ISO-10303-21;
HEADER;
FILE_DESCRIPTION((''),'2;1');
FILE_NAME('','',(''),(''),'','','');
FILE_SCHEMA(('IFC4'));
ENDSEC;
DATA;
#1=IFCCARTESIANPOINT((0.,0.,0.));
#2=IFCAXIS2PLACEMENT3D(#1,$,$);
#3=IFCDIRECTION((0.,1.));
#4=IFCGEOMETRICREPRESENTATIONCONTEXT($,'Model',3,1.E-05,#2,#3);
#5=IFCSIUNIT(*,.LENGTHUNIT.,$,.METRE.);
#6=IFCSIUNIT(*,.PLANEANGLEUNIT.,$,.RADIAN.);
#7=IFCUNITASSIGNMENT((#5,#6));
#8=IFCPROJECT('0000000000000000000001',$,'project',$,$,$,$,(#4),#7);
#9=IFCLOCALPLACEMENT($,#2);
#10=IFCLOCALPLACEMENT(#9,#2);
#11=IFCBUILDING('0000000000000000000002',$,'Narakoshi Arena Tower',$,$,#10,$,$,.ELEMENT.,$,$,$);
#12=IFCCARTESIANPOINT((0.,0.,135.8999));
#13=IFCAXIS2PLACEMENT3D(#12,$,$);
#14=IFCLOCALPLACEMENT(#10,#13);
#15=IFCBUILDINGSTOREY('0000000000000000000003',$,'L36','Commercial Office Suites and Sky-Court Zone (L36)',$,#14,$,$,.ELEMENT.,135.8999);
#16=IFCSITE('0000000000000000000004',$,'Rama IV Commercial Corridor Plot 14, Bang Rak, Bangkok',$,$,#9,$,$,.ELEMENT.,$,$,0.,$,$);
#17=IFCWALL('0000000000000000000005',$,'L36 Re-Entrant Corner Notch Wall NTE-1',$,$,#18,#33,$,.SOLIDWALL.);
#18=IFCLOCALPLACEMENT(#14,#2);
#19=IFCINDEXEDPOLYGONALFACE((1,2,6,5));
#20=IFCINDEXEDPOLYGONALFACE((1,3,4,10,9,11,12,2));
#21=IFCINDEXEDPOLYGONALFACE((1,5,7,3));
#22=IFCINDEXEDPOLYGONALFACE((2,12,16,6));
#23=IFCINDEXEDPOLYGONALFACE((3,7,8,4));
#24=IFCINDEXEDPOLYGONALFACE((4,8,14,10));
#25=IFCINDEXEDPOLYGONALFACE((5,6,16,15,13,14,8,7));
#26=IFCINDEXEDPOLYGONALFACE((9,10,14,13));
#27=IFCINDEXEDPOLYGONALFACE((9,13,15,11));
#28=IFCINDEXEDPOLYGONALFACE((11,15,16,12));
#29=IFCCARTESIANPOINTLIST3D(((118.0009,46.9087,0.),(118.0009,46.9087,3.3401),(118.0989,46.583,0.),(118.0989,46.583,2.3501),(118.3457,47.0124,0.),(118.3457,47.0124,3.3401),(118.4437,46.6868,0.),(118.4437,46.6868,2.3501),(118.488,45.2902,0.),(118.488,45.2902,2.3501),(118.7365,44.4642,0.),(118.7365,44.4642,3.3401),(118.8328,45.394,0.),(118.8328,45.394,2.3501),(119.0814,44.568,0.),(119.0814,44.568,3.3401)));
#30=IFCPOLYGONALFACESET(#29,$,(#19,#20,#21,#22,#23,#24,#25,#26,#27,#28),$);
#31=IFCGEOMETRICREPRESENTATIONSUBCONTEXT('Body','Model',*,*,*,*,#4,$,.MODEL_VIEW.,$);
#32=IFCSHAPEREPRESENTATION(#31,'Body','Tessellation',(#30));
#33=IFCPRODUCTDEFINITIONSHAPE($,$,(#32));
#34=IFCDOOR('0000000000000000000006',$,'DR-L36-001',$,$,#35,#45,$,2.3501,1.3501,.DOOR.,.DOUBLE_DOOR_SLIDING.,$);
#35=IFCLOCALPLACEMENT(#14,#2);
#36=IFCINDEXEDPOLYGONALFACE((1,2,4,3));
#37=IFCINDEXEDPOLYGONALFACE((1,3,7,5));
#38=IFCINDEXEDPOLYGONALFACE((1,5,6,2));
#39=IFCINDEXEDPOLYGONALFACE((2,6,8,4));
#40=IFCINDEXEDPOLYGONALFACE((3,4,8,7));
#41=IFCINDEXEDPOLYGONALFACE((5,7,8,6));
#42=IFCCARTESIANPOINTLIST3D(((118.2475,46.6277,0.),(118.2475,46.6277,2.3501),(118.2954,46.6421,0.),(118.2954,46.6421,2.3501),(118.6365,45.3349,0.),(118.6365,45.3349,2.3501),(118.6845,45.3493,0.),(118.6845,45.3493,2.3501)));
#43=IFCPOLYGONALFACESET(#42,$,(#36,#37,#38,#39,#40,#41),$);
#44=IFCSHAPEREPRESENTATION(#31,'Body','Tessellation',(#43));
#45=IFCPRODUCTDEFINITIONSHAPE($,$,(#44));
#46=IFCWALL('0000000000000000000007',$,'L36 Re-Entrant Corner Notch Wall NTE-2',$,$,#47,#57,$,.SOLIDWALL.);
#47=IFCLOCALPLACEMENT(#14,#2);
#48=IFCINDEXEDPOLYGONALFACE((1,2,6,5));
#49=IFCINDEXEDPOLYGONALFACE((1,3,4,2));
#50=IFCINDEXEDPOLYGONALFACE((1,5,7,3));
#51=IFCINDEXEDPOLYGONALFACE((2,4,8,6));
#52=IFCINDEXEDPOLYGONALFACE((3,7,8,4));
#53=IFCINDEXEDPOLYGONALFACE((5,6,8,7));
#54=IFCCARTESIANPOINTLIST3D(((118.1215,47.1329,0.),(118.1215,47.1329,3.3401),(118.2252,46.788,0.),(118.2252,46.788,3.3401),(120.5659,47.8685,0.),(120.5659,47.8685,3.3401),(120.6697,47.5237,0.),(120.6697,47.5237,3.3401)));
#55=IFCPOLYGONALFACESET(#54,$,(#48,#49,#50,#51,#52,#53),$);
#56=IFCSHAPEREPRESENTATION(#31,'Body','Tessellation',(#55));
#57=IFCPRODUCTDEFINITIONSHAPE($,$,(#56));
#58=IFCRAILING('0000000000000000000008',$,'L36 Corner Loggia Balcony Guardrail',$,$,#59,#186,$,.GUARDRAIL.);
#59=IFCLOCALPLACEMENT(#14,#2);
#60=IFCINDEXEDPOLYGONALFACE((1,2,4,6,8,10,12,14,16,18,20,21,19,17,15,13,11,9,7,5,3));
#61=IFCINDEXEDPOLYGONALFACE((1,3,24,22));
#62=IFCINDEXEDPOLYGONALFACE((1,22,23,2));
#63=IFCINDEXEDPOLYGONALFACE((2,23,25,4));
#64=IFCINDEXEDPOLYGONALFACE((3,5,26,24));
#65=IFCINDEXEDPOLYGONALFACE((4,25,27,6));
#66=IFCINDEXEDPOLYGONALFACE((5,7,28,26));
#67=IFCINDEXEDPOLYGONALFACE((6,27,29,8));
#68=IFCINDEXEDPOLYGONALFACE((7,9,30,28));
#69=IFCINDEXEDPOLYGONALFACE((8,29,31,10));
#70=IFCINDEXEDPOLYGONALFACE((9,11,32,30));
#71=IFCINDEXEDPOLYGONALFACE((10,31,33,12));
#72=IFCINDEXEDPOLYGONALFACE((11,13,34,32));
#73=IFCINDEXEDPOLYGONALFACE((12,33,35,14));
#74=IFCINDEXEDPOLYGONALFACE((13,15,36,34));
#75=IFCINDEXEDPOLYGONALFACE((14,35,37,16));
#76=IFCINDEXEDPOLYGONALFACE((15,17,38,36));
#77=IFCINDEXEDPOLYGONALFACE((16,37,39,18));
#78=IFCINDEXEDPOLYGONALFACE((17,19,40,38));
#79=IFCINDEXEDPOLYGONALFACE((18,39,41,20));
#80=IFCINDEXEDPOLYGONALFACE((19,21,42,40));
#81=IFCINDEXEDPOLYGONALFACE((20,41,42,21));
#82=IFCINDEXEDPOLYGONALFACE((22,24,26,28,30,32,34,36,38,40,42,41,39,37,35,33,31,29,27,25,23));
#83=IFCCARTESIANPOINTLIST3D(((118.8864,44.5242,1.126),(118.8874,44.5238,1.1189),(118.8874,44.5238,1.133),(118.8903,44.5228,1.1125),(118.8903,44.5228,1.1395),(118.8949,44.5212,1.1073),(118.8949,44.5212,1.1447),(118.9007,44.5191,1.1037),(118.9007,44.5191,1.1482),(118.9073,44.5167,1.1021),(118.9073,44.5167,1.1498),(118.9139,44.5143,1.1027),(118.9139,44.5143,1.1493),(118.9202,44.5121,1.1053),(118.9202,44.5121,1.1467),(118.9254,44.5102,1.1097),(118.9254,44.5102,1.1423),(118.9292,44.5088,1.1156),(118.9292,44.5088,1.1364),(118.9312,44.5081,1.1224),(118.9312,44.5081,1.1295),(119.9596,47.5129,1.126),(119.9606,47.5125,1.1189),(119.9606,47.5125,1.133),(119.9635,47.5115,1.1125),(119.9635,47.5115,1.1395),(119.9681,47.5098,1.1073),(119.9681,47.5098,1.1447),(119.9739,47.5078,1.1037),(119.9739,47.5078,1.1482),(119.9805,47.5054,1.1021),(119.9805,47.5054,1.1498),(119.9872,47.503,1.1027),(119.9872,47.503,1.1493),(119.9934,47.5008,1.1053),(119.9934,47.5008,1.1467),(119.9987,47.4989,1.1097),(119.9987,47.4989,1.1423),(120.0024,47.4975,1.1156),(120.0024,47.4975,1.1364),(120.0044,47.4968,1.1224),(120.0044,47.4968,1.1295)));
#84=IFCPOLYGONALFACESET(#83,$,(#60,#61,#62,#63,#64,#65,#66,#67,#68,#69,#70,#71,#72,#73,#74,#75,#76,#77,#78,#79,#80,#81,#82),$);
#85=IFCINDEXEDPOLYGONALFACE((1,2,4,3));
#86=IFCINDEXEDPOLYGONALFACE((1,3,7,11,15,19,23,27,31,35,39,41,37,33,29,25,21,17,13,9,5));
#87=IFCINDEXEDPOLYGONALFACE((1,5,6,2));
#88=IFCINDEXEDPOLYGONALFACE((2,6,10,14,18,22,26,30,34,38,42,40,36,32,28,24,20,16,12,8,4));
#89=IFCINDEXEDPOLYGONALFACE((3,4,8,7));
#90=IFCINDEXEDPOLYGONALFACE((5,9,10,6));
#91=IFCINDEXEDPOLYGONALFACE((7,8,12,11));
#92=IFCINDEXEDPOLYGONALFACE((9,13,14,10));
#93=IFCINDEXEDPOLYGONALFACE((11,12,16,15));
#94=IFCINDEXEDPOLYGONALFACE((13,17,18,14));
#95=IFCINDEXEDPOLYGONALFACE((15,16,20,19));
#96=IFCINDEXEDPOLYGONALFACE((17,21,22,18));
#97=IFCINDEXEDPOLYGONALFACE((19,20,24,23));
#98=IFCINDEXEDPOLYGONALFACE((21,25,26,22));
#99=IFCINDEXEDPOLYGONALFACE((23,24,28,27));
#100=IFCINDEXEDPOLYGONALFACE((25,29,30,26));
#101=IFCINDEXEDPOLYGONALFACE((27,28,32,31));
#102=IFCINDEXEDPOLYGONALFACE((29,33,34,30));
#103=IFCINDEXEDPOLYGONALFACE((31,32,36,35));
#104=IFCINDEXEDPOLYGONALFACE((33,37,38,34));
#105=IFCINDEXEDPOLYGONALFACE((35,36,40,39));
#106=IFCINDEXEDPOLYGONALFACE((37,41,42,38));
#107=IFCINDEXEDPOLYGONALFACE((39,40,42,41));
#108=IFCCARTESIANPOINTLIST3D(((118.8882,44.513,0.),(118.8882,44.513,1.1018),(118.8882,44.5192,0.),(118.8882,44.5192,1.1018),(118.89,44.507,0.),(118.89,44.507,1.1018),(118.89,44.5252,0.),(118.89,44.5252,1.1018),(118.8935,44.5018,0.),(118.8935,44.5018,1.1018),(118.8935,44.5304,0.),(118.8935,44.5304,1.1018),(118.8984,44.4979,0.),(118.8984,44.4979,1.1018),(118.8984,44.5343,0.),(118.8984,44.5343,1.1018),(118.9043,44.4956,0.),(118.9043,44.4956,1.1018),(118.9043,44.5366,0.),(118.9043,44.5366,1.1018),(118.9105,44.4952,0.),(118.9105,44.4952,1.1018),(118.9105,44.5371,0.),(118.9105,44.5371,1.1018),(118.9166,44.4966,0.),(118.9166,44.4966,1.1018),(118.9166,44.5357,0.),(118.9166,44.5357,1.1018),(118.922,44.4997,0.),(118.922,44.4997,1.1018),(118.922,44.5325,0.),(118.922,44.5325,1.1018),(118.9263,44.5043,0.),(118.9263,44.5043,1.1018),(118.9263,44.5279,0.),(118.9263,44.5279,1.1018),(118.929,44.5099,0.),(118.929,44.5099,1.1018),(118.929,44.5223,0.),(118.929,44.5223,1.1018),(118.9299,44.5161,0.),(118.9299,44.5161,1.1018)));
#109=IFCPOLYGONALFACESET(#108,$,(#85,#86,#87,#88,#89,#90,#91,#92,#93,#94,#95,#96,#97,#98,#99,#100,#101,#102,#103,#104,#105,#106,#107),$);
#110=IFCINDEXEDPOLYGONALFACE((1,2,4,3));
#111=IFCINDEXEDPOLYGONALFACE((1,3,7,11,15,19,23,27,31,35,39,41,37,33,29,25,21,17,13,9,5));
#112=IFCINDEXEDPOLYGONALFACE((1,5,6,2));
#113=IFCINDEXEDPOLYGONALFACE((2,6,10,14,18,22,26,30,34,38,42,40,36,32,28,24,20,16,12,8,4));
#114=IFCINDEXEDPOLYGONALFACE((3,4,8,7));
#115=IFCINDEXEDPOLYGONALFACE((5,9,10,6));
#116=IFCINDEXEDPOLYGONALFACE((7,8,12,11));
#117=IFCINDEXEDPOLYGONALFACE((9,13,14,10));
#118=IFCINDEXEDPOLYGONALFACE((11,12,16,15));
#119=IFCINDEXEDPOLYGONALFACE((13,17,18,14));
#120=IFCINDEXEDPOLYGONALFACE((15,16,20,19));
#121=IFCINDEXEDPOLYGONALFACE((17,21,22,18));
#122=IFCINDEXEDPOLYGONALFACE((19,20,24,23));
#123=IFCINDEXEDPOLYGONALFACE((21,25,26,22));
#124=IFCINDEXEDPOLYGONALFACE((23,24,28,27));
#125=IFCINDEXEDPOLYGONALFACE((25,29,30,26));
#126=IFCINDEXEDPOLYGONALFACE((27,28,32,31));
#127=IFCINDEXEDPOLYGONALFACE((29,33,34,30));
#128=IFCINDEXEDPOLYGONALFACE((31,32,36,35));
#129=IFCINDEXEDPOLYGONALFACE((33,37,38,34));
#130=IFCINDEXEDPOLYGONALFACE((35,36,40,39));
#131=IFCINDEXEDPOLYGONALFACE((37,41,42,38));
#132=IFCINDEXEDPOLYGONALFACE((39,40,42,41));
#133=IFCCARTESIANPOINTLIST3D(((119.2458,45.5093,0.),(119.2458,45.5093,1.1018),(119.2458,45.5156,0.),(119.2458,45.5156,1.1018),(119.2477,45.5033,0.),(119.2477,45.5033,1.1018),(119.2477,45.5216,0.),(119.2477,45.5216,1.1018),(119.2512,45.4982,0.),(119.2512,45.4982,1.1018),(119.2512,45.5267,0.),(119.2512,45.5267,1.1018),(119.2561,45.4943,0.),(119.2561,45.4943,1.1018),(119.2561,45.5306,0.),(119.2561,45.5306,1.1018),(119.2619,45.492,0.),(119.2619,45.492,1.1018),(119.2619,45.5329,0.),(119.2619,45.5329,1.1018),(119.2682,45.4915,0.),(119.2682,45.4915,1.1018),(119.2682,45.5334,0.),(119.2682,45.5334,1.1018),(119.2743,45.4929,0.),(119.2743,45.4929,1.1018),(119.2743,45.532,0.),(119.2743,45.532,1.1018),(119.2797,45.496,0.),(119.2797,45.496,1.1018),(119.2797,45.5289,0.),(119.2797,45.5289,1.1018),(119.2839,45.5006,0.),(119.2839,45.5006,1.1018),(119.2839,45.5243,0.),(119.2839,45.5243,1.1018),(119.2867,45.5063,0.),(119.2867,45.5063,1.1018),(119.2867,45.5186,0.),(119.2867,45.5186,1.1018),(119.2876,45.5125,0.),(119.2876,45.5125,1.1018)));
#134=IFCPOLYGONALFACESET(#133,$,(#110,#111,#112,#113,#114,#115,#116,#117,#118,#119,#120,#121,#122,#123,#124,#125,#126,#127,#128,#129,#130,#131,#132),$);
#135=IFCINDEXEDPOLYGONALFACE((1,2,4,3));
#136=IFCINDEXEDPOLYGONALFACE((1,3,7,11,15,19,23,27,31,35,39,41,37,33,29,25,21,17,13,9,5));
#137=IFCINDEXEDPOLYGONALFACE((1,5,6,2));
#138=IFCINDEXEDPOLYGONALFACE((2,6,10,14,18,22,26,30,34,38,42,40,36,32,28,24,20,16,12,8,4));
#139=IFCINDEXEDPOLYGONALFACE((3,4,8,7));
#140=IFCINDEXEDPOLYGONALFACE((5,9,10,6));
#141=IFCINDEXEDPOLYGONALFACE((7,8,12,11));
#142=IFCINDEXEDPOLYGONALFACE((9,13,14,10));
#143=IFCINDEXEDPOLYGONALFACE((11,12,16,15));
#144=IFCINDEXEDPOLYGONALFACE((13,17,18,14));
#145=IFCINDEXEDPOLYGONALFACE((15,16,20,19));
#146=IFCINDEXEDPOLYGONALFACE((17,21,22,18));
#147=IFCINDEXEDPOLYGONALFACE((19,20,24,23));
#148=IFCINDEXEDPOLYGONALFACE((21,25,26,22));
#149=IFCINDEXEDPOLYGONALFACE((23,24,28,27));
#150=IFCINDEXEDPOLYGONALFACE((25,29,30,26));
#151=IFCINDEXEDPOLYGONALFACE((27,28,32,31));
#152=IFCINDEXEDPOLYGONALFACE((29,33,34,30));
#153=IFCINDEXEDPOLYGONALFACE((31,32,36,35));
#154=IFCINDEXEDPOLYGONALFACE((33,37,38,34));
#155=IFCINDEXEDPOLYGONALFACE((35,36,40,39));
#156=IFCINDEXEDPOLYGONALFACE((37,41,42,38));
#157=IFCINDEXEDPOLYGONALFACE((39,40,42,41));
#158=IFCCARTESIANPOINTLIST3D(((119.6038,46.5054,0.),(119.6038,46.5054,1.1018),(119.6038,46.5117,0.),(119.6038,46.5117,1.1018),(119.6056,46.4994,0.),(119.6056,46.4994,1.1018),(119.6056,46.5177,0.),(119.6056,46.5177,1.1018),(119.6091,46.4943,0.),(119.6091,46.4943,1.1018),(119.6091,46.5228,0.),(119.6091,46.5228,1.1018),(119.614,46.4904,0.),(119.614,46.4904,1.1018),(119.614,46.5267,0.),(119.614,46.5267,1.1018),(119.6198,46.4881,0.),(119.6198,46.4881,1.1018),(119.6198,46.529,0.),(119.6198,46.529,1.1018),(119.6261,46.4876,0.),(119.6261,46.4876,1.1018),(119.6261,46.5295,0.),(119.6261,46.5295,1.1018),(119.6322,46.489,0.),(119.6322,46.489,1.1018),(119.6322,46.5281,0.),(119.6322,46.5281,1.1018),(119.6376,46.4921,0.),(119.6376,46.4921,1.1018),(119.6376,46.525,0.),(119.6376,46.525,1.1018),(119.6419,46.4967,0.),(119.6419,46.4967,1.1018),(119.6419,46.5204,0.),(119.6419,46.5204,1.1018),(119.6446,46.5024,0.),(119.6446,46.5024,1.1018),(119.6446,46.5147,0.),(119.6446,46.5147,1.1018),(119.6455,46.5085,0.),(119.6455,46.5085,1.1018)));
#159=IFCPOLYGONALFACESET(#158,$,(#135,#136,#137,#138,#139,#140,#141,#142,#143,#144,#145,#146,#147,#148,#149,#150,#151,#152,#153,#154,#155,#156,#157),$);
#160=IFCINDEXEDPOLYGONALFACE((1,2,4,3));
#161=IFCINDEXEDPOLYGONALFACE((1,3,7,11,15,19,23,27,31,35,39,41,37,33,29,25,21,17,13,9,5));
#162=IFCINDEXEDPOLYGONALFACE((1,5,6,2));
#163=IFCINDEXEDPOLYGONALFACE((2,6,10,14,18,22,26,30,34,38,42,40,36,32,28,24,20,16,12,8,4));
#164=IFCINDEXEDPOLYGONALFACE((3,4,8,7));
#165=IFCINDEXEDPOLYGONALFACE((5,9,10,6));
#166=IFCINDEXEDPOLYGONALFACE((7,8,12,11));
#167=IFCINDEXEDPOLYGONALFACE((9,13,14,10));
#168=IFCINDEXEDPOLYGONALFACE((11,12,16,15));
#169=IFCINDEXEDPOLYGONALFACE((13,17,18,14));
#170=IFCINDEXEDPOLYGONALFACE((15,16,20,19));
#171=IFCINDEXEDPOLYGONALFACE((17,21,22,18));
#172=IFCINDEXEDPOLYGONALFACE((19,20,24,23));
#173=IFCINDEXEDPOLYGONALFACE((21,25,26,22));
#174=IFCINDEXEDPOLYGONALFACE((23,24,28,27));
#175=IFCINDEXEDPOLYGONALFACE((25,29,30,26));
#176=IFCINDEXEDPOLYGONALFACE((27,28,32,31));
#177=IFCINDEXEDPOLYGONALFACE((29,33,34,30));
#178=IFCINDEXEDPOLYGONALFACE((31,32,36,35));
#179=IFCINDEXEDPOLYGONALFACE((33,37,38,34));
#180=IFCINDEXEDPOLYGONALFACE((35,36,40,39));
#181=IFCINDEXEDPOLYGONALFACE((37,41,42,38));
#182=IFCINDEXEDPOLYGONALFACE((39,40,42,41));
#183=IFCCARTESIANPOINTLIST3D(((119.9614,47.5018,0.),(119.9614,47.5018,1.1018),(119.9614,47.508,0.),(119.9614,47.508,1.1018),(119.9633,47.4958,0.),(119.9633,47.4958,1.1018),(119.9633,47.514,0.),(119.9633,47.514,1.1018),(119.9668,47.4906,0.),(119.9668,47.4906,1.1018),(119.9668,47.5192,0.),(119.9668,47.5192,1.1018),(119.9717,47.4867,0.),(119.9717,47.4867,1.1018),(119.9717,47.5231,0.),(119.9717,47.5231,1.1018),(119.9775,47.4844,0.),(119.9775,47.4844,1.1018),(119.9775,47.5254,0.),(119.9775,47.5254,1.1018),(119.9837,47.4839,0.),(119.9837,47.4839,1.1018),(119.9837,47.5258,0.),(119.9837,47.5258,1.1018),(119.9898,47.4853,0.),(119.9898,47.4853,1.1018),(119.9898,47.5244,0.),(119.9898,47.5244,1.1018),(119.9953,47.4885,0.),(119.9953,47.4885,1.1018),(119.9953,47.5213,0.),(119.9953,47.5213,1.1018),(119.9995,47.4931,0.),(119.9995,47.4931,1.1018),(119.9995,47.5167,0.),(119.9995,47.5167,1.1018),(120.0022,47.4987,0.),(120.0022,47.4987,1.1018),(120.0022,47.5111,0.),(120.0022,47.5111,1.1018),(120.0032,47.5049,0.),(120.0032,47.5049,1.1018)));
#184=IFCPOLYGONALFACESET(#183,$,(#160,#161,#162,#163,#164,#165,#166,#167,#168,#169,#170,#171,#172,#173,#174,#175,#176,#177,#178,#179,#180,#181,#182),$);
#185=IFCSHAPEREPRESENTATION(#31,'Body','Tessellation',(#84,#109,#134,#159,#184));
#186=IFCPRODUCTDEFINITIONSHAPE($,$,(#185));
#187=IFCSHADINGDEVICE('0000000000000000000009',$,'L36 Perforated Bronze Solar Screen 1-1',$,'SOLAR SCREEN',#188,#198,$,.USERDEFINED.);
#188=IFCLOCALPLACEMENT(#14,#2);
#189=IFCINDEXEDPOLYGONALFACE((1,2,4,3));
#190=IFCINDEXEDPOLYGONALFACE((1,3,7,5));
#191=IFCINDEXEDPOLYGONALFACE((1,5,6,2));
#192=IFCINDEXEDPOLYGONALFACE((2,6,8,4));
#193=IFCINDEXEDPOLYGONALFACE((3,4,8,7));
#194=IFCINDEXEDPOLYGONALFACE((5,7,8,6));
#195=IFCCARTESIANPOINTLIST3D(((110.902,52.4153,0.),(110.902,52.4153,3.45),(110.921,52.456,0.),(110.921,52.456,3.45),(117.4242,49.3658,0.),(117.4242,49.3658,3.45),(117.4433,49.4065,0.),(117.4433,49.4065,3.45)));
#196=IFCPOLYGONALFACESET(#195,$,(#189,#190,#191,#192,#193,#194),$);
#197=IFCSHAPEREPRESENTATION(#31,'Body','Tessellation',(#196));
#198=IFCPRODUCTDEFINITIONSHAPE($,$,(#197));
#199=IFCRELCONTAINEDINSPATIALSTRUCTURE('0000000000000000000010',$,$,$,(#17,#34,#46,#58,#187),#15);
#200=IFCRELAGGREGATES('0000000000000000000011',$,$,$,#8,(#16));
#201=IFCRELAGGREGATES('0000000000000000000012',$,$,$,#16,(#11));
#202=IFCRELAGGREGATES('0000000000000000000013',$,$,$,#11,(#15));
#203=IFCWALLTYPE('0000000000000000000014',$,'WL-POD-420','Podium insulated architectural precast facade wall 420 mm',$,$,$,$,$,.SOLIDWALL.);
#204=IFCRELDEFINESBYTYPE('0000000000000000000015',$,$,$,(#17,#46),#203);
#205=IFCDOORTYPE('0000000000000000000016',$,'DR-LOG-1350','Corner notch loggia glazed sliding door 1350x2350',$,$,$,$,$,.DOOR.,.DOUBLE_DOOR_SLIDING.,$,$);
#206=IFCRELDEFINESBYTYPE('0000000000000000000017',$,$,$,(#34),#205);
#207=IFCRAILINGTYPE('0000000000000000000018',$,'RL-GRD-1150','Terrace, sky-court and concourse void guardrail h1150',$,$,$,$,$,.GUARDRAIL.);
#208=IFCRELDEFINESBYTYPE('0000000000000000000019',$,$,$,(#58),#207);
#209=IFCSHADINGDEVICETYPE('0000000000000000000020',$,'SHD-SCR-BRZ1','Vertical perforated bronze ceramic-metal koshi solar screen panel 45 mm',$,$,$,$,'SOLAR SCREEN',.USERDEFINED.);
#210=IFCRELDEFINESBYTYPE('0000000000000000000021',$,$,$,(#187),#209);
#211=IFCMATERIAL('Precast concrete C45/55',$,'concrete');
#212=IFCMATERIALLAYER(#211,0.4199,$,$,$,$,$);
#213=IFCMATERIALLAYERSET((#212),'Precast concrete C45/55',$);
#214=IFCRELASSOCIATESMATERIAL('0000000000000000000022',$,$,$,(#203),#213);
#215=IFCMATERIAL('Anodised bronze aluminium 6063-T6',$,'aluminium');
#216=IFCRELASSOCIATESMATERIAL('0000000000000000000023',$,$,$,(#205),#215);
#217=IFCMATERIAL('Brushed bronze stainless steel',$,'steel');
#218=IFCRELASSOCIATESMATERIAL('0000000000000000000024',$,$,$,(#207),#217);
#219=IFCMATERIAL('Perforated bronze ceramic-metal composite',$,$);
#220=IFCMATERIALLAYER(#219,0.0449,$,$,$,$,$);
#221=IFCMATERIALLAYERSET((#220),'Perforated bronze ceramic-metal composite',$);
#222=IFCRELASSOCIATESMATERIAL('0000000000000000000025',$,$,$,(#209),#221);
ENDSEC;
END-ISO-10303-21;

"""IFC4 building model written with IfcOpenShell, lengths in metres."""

from ifc_helpers import new_model, si_unit, direction, frame, frame_2d, origin, origin_2d, place, context, subcontext, project, spatial, rectangle, circle, extrude, material, layer, layer_set, type_object, element, fill, save


model = new_model("IFC4")

# Units and contexts
model_context = context("Model", 3, precision=1e-05, world=origin(), true_north=direction((0.0, 1.0)))
body_context = subcontext(model_context, "Body", "Model", "MODEL_VIEW")
ifc_project = project(units=[si_unit("LENGTHUNIT", "METRE"), si_unit("PLANEANGLEUNIT", "RADIAN")], contexts=[model_context])

# Site, building, storey
site_placement = place(None, origin())
site = spatial("IfcSite", under=ifc_project, at=site_placement, Name="Rama IV Commercial Corridor Plot 14, Bang Rak, Bangkok", CompositionType="ELEMENT", RefElevation=0.0)
building_placement = place(site_placement, origin())
building = spatial("IfcBuilding", under=site, at=building_placement, Name="Narakoshi Arena Tower", CompositionType="ELEMENT")
storey_placement = place(building_placement, frame((0.0, 0.0, 135.8999)))
storey = spatial("IfcBuildingStorey", under=building, at=storey_placement, Name="L36", Description="Commercial Office Suites and Sky-Court Zone (L36)", CompositionType="ELEMENT", Elevation=135.8999)

# Shared definitions
ifc_material_1 = material(Name="Anodised bronze aluminium 6063-T6", Category="aluminium")

# Shared definitions
ifc_material_2 = material(Name="Precast concrete C45/55", Category="concrete")

# Shared definitions
ifc_layer_1 = layer(ifc_material_2, 0.4199)
ifc_layer_set_1 = layer_set([ifc_layer_1], Name="Precast concrete C45/55")
wall_type_1 = type_object("IfcWallType", Name="WL-POD-420", Description="Podium insulated architectural precast facade wall 420 mm", PredefinedType="SOLIDWALL", material=ifc_layer_set_1)

# Wall, opening, door
wall_1_placement = place(storey_placement, frame((118.9089, 44.5161, 0.0), z_axis=(0.0, 0.0, 1.0), x_axis=(-0.288173, 0.957578, 0.0)))
wall_1 = element("IfcWall", 1, at=wall_1_placement, inside=storey, type_object=wall_type_1, Name="L36 Re-Entrant Corner Notch Wall NTE-1", PredefinedType="SOLIDWALL", context=body_context, shape_type="SweptSolid", body=[
    extrude(rectangle(XDim=2.5527, YDim=0.3601, at=frame_2d((1.2764, 0.0))), origin(), (0.0, 0.0, 1.0), 3.3401),
])
opening_1_placement = place(wall_1_placement, frame((0.8625, 0.0, 0.0)))
opening_1 = element("IfcOpeningElement", 2, at=opening_1_placement, cuts=wall_1, PredefinedType="OPENING", context=body_context, shape_type="SweptSolid", body=[
    extrude(rectangle(XDim=1.3501, YDim=2.3501, at=frame_2d((0.675, 1.175))), frame((0.0, 0.1899, 0.0), z_axis=(0.0, -1.0, 0.0), x_axis=(1.0, 0.0, 0.0)), (0.0, 0.0, 1.0), 0.3801),
])
door_type = type_object("IfcDoorType", Name="DR-LOG-1350", Description="Corner notch loggia glazed sliding door 1350x2350", OperationType="DOUBLE_DOOR_SLIDING", PredefinedType="DOOR", material=ifc_material_1)
door_placement = place(opening_1_placement, origin())
door = element("IfcDoor", 3, at=door_placement, inside=storey, type_object=door_type, Name="DR-L36-001", OperationType="DOUBLE_DOOR_SLIDING", OverallHeight=2.3501, OverallWidth=1.3501, PredefinedType="DOOR", context=body_context, shape_type="SweptSolid", body=[
    extrude(rectangle(XDim=1.3501, YDim=2.3501, at=frame_2d((0.675, 1.175))), frame((0.0, 0.0249, 0.0), z_axis=(0.0, -1.0, 0.0), x_axis=(1.0, 0.0, 0.0)), (0.0, 0.0, 1.0), 0.05),
])
fill(opening_1, door)

# Wall
wall_2_placement = place(storey_placement, frame((118.1733, 46.9604, 0.0), z_axis=(0.0, 0.0, 1.0), x_axis=(0.957578, 0.288173, 0.0)))
element("IfcWall", 4, at=wall_2_placement, inside=storey, type_object=wall_type_1, Name="L36 Re-Entrant Corner Notch Wall NTE-2", PredefinedType="SOLIDWALL", context=body_context, shape_type="SweptSolid", body=[
    extrude(rectangle(XDim=2.5527, YDim=0.3601, at=frame_2d((1.2764, 0.0))), origin(), (0.0, 0.0, 1.0), 3.3401),
])

# Railing
ifc_material_3 = material(Name="Brushed bronze stainless steel", Category="steel")
railing_type = type_object("IfcRailingType", Name="RL-GRD-1150", Description="Terrace, sky-court and concourse void guardrail h1150", PredefinedType="GUARDRAIL", material=ifc_material_3)
railing_placement = place(storey_placement, frame((118.9089, 44.5161, 0.0)))
element("IfcRailing", 5, at=railing_placement, inside=storey, type_object=railing_type, Name="L36 Corner Loggia Balcony Guardrail", PredefinedType="GUARDRAIL", context=body_context, shape_type="SweptSolid", body=[
    extrude(circle(Radius=0.0239, at=origin_2d()), frame((0.0, 0.0, 1.126), z_axis=(0.337963, 0.94116, 0.0), x_axis=(-0.94116, 0.337963, 0.0)), (0.0, 0.0, 1.0), 3.1755),
    extrude(circle(Radius=0.021, at=origin_2d()), origin(), (0.0, 0.0, 1.0), 1.1018),
    extrude(circle(Radius=0.021, at=origin_2d()), frame((0.3577, 0.9963, 0.0)), (0.0, 0.0, 1.0), 1.1018),
    extrude(circle(Radius=0.021, at=origin_2d()), frame((0.7156, 1.9924, 0.0)), (0.0, 0.0, 1.0), 1.1018),
    extrude(circle(Radius=0.021, at=origin_2d()), frame((1.0732, 2.9888, 0.0)), (0.0, 0.0, 1.0), 1.1018),
])

# Shading device
ifc_material_4 = material(Name="Perforated bronze ceramic-metal composite")
ifc_layer_2 = layer(ifc_material_4, 0.0449)
ifc_layer_set_2 = layer_set([ifc_layer_2], Name="Perforated bronze ceramic-metal composite")
shading_device_type = type_object("IfcShadingDeviceType", Name="SHD-SCR-BRZ1", Description="Vertical perforated bronze ceramic-metal koshi solar screen panel 45 mm", ElementType="SOLAR SCREEN", PredefinedType="USERDEFINED", material=ifc_layer_set_2)
shading_device_placement = place(storey_placement, frame((114.1726, 50.9109, 0.0), z_axis=(0.0, 0.0, 1.0), x_axis=(-0.90588, 0.423535, 0.0)))
element("IfcShadingDevice", 6, at=shading_device_placement, inside=storey, type_object=shading_device_type, Name="L36 Perforated Bronze Solar Screen 1-1", ObjectType="SOLAR SCREEN", PredefinedType="USERDEFINED", context=body_context, shape_type="SweptSolid", body=[
    extrude(rectangle(XDim=7.2, YDim=0.0449, at=origin_2d()), origin(), (0.0, 0.0, 1.0), 3.45),
])

save(model, "model.ifc")
